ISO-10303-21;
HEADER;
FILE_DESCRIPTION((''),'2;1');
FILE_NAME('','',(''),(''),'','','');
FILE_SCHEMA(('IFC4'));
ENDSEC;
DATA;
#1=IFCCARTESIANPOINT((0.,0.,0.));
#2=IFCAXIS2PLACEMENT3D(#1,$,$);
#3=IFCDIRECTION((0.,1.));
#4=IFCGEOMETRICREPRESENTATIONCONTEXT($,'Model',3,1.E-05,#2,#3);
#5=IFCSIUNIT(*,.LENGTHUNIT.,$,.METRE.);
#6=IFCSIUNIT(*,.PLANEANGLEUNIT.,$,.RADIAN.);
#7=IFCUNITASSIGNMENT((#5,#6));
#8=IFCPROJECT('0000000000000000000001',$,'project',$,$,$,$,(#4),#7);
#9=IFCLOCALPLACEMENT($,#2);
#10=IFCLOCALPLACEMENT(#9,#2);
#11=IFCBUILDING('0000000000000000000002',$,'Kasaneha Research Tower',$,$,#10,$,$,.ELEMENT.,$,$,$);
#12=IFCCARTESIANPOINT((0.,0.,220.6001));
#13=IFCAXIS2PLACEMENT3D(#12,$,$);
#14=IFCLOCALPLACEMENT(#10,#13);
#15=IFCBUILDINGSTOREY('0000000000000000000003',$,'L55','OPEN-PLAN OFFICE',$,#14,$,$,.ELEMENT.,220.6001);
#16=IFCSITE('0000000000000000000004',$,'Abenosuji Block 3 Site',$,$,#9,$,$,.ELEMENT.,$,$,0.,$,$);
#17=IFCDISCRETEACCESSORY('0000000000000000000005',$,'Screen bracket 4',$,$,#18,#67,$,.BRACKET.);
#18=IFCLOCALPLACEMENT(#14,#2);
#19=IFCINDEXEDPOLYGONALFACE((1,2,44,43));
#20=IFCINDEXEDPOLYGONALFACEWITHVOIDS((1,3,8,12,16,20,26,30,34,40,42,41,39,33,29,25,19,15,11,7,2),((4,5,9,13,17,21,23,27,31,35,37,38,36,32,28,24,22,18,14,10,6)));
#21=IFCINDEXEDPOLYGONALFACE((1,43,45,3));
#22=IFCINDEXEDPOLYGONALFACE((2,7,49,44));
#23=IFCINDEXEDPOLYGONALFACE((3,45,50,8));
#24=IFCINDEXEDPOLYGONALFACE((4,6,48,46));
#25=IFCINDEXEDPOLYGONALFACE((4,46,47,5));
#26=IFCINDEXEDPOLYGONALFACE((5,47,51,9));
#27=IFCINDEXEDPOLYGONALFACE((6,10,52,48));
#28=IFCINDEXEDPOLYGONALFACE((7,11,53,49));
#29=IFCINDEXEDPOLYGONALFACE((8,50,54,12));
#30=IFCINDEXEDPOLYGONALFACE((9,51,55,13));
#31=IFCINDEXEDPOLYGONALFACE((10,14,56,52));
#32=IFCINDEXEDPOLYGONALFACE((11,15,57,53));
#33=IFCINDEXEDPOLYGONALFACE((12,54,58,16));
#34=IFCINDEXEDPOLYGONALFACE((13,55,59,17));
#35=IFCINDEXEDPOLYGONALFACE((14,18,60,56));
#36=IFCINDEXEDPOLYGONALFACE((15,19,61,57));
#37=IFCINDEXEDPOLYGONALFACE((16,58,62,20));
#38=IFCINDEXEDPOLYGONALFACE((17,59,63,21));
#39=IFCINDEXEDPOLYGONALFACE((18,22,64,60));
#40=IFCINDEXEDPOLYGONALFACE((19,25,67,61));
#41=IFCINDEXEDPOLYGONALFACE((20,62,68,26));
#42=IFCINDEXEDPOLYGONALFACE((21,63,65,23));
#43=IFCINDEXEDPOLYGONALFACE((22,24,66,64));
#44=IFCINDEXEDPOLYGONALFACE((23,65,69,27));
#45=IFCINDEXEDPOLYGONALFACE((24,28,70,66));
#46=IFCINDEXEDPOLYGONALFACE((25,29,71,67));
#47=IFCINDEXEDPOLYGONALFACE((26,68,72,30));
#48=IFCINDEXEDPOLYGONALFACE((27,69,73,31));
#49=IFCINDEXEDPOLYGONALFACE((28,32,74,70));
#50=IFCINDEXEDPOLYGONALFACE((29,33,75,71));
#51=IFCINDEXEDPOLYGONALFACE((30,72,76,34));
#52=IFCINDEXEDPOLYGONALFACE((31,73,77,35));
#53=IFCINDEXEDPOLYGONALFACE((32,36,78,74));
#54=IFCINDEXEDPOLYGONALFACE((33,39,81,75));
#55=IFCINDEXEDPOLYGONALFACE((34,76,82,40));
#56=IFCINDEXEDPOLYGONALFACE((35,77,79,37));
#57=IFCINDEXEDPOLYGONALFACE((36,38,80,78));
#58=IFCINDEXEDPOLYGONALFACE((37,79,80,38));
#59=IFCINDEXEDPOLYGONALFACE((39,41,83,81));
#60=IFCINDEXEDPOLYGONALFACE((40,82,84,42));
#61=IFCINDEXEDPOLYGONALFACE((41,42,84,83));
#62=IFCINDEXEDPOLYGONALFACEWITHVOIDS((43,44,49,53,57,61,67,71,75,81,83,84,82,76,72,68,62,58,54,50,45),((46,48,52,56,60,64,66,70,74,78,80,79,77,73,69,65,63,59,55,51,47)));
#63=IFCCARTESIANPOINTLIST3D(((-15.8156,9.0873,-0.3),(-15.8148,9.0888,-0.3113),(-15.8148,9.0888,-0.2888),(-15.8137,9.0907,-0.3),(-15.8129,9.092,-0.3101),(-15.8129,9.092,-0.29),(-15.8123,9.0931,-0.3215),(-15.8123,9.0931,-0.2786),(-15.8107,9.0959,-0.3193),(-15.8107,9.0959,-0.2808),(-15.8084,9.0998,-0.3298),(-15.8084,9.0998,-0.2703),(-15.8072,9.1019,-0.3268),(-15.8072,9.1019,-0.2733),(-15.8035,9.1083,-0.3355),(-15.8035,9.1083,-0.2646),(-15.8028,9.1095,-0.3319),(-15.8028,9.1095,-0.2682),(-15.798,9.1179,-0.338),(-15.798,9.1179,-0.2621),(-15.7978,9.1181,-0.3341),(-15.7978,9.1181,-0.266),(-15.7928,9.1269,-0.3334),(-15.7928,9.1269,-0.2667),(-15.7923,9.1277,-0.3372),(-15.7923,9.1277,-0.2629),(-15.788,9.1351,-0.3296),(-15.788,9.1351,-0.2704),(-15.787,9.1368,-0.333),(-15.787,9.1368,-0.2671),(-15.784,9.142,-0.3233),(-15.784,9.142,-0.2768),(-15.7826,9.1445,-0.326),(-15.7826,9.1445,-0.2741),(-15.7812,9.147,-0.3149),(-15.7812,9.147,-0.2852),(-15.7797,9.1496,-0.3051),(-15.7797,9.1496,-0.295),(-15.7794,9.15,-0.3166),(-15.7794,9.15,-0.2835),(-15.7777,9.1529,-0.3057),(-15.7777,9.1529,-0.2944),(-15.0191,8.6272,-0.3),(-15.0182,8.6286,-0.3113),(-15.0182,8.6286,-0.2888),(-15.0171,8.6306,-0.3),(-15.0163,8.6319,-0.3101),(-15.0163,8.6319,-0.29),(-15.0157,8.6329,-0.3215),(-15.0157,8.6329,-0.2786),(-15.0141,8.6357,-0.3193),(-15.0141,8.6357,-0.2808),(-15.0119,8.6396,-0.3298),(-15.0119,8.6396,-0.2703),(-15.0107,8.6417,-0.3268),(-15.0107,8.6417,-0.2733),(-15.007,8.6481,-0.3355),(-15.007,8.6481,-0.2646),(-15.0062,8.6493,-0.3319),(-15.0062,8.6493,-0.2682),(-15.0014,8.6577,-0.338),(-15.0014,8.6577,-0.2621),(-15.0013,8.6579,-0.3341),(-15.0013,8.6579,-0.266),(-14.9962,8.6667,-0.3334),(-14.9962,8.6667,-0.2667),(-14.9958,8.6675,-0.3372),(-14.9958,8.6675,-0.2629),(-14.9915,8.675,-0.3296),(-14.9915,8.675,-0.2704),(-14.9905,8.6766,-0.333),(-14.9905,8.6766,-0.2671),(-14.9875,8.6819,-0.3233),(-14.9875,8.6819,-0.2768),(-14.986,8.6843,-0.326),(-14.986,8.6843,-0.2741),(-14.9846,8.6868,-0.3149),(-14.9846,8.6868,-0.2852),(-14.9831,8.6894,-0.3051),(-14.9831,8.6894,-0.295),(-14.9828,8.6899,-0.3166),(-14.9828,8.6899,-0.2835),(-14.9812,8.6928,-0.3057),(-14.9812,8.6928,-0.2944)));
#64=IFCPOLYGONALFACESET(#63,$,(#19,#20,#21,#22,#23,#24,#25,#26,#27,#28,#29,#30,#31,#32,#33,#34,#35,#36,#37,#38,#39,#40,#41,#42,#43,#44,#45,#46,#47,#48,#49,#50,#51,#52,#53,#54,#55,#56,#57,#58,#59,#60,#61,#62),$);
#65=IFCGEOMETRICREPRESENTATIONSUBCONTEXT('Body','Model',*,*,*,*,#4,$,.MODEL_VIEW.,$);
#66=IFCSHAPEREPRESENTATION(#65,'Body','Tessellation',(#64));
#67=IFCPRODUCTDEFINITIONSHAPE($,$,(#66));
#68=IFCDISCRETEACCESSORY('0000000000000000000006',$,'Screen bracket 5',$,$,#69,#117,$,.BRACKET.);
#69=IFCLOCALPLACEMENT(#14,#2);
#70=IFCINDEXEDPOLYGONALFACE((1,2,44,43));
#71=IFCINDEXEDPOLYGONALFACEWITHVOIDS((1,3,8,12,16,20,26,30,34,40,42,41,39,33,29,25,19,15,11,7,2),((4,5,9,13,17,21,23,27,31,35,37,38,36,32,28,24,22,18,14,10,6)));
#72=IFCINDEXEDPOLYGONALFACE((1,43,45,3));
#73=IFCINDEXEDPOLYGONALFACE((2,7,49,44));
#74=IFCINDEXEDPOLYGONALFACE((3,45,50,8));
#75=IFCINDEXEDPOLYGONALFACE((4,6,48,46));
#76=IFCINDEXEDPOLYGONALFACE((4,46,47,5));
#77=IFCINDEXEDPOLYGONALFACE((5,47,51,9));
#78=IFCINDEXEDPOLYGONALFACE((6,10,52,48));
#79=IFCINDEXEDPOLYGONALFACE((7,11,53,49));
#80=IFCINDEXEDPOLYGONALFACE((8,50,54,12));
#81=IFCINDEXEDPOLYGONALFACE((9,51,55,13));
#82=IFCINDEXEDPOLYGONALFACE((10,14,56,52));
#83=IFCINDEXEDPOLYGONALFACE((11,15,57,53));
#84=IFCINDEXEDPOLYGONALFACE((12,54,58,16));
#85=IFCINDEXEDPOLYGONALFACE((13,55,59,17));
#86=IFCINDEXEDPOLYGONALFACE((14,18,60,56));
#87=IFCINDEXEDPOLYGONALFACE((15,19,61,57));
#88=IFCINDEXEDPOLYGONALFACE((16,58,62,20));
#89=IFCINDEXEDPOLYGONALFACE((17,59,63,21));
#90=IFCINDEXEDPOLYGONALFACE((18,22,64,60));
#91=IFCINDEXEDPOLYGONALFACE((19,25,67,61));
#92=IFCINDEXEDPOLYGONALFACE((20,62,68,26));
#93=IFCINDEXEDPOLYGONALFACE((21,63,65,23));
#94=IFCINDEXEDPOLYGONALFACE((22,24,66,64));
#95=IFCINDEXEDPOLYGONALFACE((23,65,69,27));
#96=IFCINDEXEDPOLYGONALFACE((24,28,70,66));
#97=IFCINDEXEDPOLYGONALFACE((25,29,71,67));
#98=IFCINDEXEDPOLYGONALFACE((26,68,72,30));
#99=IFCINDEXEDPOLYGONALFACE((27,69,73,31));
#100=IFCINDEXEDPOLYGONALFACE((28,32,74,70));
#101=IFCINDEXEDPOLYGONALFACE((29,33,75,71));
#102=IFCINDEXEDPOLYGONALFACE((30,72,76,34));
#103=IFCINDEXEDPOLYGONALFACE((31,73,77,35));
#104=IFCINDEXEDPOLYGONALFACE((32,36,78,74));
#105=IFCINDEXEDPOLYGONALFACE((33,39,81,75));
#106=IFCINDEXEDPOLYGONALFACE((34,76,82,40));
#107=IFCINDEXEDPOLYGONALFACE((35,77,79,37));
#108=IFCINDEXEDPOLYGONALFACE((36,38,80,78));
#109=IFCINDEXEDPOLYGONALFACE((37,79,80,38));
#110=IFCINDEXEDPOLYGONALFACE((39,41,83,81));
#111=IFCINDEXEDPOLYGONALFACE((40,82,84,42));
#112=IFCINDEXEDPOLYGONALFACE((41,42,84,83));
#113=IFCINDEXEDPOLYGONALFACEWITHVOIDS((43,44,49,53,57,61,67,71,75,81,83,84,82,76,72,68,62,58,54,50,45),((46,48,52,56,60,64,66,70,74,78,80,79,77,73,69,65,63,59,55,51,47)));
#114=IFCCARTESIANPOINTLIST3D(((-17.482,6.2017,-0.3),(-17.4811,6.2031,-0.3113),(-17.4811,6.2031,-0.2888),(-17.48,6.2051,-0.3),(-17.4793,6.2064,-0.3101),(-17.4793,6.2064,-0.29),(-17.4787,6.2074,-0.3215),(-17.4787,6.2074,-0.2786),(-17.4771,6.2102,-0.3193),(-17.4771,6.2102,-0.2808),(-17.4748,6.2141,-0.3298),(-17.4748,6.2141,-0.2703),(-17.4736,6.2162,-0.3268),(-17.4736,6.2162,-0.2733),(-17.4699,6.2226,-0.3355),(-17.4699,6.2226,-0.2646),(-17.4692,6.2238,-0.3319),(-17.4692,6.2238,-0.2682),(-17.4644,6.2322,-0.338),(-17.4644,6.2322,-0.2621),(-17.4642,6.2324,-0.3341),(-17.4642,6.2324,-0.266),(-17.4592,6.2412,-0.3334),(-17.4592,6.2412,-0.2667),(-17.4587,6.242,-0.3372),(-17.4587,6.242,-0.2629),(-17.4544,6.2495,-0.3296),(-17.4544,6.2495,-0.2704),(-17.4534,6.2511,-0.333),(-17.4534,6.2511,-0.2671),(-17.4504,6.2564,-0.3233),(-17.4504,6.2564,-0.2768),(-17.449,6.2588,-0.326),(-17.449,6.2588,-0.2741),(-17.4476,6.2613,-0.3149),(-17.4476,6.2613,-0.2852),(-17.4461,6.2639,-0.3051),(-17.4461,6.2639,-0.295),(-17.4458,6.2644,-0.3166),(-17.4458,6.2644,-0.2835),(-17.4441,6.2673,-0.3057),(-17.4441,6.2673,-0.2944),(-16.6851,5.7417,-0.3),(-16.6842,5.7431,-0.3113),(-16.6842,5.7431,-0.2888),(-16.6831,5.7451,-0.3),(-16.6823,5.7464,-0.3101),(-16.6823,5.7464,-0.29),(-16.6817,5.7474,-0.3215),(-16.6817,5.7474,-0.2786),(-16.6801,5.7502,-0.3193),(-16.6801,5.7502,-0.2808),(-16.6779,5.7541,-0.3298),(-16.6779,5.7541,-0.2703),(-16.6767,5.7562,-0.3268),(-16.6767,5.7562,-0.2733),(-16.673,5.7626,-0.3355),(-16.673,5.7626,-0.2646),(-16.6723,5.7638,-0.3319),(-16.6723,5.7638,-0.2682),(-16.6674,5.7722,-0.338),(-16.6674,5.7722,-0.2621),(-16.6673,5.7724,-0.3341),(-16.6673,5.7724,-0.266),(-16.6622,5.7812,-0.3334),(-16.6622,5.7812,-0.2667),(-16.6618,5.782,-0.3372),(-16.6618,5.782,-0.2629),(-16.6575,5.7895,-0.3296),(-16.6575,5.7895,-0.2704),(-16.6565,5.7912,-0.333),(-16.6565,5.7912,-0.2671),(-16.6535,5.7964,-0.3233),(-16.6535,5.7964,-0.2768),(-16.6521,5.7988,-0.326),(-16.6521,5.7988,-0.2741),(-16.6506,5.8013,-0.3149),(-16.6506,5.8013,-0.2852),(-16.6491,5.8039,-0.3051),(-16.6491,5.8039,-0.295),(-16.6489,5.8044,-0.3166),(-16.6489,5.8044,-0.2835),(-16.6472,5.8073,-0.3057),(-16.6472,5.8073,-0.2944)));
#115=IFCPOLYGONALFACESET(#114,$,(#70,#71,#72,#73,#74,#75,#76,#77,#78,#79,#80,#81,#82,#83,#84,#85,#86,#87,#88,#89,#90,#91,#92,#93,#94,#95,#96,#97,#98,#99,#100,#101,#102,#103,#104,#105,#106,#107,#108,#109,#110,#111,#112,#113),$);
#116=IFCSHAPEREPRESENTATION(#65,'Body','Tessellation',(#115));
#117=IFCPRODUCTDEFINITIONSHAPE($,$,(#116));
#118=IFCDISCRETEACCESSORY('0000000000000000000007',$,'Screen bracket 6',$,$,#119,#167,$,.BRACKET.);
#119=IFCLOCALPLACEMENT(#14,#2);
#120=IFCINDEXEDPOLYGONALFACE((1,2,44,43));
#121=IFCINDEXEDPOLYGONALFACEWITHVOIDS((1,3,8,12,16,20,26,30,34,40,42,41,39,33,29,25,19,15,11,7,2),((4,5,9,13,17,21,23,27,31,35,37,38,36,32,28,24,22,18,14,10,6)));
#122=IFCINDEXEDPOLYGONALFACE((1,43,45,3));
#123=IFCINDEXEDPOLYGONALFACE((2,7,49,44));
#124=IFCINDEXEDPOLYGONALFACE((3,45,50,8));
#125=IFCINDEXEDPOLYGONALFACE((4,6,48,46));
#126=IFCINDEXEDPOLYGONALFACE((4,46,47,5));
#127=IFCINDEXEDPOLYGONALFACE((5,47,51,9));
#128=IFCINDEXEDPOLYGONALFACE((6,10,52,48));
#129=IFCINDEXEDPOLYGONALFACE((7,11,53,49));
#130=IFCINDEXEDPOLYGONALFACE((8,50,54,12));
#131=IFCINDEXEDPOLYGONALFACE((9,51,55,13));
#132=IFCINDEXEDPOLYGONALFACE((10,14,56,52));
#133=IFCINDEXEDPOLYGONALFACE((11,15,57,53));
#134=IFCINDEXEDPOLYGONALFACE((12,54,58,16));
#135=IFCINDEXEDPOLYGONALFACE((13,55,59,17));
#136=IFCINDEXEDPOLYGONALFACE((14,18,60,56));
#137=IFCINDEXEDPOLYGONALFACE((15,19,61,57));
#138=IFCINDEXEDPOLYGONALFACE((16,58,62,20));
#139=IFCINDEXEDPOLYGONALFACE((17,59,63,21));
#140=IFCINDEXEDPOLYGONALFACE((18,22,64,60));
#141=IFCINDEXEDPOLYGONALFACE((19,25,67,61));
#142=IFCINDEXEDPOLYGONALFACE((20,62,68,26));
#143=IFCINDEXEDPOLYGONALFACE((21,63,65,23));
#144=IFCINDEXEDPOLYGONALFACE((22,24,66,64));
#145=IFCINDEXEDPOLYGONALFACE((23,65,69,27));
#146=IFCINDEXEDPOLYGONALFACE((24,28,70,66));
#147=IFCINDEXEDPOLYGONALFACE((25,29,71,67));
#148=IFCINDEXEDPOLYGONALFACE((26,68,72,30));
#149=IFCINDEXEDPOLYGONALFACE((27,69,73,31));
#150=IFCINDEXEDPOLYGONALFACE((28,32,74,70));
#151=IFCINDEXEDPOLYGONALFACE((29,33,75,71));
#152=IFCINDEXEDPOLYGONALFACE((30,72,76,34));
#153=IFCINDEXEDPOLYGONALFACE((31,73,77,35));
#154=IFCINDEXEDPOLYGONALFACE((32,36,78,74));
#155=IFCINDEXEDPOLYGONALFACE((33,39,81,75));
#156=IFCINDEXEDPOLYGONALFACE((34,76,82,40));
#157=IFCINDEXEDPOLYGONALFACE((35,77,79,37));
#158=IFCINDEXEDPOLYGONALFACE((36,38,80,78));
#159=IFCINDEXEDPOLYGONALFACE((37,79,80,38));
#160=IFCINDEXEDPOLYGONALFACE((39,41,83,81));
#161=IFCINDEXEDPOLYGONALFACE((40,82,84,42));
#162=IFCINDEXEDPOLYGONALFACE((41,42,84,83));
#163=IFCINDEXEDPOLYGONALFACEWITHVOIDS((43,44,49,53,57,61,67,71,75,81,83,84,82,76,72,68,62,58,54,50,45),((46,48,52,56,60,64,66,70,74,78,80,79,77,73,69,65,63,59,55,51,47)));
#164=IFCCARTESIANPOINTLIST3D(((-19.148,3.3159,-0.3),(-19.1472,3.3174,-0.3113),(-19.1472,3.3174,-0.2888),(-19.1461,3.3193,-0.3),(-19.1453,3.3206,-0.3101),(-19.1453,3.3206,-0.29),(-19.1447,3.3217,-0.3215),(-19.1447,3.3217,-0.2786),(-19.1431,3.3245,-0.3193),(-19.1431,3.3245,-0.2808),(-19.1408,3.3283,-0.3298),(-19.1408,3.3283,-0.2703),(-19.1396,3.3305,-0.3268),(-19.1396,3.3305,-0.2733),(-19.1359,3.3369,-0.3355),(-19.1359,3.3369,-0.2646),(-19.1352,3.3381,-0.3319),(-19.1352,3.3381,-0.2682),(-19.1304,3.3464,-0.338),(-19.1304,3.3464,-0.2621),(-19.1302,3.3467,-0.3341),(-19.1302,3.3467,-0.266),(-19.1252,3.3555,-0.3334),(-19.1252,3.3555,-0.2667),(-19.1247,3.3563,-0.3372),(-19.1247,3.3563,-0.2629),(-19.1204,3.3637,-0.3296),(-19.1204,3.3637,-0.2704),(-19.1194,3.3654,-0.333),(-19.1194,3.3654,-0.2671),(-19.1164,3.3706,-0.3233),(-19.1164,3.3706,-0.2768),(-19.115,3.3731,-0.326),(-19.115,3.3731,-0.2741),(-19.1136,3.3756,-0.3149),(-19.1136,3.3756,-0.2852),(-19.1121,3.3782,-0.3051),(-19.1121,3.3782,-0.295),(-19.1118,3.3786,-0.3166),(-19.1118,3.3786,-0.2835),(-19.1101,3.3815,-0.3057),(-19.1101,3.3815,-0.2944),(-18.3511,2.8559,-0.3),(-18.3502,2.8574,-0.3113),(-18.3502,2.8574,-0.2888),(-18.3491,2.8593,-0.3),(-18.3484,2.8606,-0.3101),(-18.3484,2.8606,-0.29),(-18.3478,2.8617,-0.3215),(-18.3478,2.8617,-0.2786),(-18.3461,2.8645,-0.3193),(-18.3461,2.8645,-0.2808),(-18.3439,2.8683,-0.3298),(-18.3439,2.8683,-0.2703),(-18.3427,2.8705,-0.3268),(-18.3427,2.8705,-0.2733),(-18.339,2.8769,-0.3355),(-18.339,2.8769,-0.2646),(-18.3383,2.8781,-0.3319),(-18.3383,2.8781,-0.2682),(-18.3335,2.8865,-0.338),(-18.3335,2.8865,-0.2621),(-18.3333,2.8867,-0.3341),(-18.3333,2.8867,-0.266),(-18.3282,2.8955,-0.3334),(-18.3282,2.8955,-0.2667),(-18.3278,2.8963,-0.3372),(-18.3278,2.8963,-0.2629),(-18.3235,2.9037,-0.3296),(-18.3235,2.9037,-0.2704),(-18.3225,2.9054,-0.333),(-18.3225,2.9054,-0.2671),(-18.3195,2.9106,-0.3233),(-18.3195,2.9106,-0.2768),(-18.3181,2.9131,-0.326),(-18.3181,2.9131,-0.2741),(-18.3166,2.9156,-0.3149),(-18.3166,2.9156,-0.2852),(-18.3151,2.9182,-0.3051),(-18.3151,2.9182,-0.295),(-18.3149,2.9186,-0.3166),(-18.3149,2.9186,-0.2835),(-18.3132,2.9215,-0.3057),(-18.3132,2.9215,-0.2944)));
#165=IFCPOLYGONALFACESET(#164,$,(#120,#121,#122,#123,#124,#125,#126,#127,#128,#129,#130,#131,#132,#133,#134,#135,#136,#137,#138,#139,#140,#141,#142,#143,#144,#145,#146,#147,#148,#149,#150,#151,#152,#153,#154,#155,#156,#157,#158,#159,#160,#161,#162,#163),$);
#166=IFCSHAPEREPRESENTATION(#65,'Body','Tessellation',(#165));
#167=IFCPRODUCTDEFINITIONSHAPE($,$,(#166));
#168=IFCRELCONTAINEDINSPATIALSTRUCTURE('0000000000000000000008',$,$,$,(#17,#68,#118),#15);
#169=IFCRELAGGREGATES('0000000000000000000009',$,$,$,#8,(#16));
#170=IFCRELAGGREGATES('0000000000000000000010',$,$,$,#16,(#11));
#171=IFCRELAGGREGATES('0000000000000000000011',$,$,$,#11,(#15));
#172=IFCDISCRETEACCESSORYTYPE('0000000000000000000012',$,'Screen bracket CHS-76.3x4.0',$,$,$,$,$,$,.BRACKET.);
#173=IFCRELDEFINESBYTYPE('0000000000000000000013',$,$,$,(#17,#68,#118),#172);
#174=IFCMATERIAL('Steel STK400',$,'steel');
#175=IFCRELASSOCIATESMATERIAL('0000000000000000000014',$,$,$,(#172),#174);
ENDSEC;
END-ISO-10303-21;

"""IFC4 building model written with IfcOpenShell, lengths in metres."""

from ifc_helpers import new_model, si_unit, direction, frame, origin, origin_2d, place, context, subcontext, project, spatial, hollow_circle, extrude, material, material_profile, profile_set, type_object, element, save


model = new_model("IFC4")

# Units and contexts
model_context = context("Model", 3, precision=1e-05, world=origin(), true_north=direction((0.0, 1.0)))
body_context = subcontext(model_context, "Body", "Model", "MODEL_VIEW")
ifc_project = project(units=[si_unit("LENGTHUNIT", "METRE"), si_unit("PLANEANGLEUNIT", "RADIAN")], contexts=[model_context])

# Site, building, storey
site_placement = place(None, origin())
site = spatial("IfcSite", under=ifc_project, at=site_placement, Name="Abenosuji Block 3 Site", CompositionType="ELEMENT", RefElevation=0.0)
building_placement = place(site_placement, origin())
building = spatial("IfcBuilding", under=site, at=building_placement, Name="Kasaneha Research Tower", CompositionType="ELEMENT")
storey_placement = place(building_placement, frame((0.0, 0.0, 220.6001)))
storey = spatial("IfcBuildingStorey", under=building, at=storey_placement, Name="L55", Description="OPEN-PLAN OFFICE", CompositionType="ELEMENT", Elevation=220.6001)

# Discrete accessories
ifc_material_1 = material(Name="Steel STK400", Category="steel")
ifc_material_profile_1 = material_profile(ifc_material_1, hollow_circle(Radius=0.0381, WallThickness=0.0039, at=origin_2d()), Name="CHS-76.3x4.0")
ifc_profile_set_1 = profile_set([ifc_material_profile_1], Name="Steel STK400")
discrete_accessory_type = type_object("IfcDiscreteAccessoryType", Name="Screen bracket CHS-76.3x4.0", PredefinedType="BRACKET", material=ifc_profile_set_1)
discrete_accessory_1_placement = place(storey_placement, frame((-15.0, 8.6602, -0.3), z_axis=(-0.865898, 0.50022, 0.0), x_axis=(-0.50022, -0.865898, 0.0)))
element("IfcDiscreteAccessory", 1, at=discrete_accessory_1_placement, inside=storey, type_object=discrete_accessory_type, Name="Screen bracket 4", PredefinedType="BRACKET", context=body_context, shape_type="SweptSolid", body=[
    extrude(hollow_circle(Radius=0.0381, WallThickness=0.0039, at=origin_2d()), origin(), (0.0, 0.0, 1.0), 0.9199),
])
for number, where, z_axis, x_axis, name in (
    (2, (-16.666, 5.7747, -0.3), (-0.86608, 0.499906, 0.0), (-0.499906, -0.86608, 0.0), "Screen bracket 5"),
    (3, (-18.332, 2.8889, -0.3), (-0.86608, 0.499906, 0.0), (-0.499906, -0.86608, 0.0), "Screen bracket 6"),
):
    element("IfcDiscreteAccessory", number, at=place(storey_placement, frame(where, z_axis=z_axis, x_axis=x_axis)), inside=storey, type_object=discrete_accessory_type, Name=name, PredefinedType="BRACKET", context=body_context, shape_type="SweptSolid", body=[
        extrude(hollow_circle(Radius=0.0381, WallThickness=0.0039, at=origin_2d()), origin(), (0.0, 0.0, 1.0), 0.9202),
    ])

save(model, "model.ifc")
